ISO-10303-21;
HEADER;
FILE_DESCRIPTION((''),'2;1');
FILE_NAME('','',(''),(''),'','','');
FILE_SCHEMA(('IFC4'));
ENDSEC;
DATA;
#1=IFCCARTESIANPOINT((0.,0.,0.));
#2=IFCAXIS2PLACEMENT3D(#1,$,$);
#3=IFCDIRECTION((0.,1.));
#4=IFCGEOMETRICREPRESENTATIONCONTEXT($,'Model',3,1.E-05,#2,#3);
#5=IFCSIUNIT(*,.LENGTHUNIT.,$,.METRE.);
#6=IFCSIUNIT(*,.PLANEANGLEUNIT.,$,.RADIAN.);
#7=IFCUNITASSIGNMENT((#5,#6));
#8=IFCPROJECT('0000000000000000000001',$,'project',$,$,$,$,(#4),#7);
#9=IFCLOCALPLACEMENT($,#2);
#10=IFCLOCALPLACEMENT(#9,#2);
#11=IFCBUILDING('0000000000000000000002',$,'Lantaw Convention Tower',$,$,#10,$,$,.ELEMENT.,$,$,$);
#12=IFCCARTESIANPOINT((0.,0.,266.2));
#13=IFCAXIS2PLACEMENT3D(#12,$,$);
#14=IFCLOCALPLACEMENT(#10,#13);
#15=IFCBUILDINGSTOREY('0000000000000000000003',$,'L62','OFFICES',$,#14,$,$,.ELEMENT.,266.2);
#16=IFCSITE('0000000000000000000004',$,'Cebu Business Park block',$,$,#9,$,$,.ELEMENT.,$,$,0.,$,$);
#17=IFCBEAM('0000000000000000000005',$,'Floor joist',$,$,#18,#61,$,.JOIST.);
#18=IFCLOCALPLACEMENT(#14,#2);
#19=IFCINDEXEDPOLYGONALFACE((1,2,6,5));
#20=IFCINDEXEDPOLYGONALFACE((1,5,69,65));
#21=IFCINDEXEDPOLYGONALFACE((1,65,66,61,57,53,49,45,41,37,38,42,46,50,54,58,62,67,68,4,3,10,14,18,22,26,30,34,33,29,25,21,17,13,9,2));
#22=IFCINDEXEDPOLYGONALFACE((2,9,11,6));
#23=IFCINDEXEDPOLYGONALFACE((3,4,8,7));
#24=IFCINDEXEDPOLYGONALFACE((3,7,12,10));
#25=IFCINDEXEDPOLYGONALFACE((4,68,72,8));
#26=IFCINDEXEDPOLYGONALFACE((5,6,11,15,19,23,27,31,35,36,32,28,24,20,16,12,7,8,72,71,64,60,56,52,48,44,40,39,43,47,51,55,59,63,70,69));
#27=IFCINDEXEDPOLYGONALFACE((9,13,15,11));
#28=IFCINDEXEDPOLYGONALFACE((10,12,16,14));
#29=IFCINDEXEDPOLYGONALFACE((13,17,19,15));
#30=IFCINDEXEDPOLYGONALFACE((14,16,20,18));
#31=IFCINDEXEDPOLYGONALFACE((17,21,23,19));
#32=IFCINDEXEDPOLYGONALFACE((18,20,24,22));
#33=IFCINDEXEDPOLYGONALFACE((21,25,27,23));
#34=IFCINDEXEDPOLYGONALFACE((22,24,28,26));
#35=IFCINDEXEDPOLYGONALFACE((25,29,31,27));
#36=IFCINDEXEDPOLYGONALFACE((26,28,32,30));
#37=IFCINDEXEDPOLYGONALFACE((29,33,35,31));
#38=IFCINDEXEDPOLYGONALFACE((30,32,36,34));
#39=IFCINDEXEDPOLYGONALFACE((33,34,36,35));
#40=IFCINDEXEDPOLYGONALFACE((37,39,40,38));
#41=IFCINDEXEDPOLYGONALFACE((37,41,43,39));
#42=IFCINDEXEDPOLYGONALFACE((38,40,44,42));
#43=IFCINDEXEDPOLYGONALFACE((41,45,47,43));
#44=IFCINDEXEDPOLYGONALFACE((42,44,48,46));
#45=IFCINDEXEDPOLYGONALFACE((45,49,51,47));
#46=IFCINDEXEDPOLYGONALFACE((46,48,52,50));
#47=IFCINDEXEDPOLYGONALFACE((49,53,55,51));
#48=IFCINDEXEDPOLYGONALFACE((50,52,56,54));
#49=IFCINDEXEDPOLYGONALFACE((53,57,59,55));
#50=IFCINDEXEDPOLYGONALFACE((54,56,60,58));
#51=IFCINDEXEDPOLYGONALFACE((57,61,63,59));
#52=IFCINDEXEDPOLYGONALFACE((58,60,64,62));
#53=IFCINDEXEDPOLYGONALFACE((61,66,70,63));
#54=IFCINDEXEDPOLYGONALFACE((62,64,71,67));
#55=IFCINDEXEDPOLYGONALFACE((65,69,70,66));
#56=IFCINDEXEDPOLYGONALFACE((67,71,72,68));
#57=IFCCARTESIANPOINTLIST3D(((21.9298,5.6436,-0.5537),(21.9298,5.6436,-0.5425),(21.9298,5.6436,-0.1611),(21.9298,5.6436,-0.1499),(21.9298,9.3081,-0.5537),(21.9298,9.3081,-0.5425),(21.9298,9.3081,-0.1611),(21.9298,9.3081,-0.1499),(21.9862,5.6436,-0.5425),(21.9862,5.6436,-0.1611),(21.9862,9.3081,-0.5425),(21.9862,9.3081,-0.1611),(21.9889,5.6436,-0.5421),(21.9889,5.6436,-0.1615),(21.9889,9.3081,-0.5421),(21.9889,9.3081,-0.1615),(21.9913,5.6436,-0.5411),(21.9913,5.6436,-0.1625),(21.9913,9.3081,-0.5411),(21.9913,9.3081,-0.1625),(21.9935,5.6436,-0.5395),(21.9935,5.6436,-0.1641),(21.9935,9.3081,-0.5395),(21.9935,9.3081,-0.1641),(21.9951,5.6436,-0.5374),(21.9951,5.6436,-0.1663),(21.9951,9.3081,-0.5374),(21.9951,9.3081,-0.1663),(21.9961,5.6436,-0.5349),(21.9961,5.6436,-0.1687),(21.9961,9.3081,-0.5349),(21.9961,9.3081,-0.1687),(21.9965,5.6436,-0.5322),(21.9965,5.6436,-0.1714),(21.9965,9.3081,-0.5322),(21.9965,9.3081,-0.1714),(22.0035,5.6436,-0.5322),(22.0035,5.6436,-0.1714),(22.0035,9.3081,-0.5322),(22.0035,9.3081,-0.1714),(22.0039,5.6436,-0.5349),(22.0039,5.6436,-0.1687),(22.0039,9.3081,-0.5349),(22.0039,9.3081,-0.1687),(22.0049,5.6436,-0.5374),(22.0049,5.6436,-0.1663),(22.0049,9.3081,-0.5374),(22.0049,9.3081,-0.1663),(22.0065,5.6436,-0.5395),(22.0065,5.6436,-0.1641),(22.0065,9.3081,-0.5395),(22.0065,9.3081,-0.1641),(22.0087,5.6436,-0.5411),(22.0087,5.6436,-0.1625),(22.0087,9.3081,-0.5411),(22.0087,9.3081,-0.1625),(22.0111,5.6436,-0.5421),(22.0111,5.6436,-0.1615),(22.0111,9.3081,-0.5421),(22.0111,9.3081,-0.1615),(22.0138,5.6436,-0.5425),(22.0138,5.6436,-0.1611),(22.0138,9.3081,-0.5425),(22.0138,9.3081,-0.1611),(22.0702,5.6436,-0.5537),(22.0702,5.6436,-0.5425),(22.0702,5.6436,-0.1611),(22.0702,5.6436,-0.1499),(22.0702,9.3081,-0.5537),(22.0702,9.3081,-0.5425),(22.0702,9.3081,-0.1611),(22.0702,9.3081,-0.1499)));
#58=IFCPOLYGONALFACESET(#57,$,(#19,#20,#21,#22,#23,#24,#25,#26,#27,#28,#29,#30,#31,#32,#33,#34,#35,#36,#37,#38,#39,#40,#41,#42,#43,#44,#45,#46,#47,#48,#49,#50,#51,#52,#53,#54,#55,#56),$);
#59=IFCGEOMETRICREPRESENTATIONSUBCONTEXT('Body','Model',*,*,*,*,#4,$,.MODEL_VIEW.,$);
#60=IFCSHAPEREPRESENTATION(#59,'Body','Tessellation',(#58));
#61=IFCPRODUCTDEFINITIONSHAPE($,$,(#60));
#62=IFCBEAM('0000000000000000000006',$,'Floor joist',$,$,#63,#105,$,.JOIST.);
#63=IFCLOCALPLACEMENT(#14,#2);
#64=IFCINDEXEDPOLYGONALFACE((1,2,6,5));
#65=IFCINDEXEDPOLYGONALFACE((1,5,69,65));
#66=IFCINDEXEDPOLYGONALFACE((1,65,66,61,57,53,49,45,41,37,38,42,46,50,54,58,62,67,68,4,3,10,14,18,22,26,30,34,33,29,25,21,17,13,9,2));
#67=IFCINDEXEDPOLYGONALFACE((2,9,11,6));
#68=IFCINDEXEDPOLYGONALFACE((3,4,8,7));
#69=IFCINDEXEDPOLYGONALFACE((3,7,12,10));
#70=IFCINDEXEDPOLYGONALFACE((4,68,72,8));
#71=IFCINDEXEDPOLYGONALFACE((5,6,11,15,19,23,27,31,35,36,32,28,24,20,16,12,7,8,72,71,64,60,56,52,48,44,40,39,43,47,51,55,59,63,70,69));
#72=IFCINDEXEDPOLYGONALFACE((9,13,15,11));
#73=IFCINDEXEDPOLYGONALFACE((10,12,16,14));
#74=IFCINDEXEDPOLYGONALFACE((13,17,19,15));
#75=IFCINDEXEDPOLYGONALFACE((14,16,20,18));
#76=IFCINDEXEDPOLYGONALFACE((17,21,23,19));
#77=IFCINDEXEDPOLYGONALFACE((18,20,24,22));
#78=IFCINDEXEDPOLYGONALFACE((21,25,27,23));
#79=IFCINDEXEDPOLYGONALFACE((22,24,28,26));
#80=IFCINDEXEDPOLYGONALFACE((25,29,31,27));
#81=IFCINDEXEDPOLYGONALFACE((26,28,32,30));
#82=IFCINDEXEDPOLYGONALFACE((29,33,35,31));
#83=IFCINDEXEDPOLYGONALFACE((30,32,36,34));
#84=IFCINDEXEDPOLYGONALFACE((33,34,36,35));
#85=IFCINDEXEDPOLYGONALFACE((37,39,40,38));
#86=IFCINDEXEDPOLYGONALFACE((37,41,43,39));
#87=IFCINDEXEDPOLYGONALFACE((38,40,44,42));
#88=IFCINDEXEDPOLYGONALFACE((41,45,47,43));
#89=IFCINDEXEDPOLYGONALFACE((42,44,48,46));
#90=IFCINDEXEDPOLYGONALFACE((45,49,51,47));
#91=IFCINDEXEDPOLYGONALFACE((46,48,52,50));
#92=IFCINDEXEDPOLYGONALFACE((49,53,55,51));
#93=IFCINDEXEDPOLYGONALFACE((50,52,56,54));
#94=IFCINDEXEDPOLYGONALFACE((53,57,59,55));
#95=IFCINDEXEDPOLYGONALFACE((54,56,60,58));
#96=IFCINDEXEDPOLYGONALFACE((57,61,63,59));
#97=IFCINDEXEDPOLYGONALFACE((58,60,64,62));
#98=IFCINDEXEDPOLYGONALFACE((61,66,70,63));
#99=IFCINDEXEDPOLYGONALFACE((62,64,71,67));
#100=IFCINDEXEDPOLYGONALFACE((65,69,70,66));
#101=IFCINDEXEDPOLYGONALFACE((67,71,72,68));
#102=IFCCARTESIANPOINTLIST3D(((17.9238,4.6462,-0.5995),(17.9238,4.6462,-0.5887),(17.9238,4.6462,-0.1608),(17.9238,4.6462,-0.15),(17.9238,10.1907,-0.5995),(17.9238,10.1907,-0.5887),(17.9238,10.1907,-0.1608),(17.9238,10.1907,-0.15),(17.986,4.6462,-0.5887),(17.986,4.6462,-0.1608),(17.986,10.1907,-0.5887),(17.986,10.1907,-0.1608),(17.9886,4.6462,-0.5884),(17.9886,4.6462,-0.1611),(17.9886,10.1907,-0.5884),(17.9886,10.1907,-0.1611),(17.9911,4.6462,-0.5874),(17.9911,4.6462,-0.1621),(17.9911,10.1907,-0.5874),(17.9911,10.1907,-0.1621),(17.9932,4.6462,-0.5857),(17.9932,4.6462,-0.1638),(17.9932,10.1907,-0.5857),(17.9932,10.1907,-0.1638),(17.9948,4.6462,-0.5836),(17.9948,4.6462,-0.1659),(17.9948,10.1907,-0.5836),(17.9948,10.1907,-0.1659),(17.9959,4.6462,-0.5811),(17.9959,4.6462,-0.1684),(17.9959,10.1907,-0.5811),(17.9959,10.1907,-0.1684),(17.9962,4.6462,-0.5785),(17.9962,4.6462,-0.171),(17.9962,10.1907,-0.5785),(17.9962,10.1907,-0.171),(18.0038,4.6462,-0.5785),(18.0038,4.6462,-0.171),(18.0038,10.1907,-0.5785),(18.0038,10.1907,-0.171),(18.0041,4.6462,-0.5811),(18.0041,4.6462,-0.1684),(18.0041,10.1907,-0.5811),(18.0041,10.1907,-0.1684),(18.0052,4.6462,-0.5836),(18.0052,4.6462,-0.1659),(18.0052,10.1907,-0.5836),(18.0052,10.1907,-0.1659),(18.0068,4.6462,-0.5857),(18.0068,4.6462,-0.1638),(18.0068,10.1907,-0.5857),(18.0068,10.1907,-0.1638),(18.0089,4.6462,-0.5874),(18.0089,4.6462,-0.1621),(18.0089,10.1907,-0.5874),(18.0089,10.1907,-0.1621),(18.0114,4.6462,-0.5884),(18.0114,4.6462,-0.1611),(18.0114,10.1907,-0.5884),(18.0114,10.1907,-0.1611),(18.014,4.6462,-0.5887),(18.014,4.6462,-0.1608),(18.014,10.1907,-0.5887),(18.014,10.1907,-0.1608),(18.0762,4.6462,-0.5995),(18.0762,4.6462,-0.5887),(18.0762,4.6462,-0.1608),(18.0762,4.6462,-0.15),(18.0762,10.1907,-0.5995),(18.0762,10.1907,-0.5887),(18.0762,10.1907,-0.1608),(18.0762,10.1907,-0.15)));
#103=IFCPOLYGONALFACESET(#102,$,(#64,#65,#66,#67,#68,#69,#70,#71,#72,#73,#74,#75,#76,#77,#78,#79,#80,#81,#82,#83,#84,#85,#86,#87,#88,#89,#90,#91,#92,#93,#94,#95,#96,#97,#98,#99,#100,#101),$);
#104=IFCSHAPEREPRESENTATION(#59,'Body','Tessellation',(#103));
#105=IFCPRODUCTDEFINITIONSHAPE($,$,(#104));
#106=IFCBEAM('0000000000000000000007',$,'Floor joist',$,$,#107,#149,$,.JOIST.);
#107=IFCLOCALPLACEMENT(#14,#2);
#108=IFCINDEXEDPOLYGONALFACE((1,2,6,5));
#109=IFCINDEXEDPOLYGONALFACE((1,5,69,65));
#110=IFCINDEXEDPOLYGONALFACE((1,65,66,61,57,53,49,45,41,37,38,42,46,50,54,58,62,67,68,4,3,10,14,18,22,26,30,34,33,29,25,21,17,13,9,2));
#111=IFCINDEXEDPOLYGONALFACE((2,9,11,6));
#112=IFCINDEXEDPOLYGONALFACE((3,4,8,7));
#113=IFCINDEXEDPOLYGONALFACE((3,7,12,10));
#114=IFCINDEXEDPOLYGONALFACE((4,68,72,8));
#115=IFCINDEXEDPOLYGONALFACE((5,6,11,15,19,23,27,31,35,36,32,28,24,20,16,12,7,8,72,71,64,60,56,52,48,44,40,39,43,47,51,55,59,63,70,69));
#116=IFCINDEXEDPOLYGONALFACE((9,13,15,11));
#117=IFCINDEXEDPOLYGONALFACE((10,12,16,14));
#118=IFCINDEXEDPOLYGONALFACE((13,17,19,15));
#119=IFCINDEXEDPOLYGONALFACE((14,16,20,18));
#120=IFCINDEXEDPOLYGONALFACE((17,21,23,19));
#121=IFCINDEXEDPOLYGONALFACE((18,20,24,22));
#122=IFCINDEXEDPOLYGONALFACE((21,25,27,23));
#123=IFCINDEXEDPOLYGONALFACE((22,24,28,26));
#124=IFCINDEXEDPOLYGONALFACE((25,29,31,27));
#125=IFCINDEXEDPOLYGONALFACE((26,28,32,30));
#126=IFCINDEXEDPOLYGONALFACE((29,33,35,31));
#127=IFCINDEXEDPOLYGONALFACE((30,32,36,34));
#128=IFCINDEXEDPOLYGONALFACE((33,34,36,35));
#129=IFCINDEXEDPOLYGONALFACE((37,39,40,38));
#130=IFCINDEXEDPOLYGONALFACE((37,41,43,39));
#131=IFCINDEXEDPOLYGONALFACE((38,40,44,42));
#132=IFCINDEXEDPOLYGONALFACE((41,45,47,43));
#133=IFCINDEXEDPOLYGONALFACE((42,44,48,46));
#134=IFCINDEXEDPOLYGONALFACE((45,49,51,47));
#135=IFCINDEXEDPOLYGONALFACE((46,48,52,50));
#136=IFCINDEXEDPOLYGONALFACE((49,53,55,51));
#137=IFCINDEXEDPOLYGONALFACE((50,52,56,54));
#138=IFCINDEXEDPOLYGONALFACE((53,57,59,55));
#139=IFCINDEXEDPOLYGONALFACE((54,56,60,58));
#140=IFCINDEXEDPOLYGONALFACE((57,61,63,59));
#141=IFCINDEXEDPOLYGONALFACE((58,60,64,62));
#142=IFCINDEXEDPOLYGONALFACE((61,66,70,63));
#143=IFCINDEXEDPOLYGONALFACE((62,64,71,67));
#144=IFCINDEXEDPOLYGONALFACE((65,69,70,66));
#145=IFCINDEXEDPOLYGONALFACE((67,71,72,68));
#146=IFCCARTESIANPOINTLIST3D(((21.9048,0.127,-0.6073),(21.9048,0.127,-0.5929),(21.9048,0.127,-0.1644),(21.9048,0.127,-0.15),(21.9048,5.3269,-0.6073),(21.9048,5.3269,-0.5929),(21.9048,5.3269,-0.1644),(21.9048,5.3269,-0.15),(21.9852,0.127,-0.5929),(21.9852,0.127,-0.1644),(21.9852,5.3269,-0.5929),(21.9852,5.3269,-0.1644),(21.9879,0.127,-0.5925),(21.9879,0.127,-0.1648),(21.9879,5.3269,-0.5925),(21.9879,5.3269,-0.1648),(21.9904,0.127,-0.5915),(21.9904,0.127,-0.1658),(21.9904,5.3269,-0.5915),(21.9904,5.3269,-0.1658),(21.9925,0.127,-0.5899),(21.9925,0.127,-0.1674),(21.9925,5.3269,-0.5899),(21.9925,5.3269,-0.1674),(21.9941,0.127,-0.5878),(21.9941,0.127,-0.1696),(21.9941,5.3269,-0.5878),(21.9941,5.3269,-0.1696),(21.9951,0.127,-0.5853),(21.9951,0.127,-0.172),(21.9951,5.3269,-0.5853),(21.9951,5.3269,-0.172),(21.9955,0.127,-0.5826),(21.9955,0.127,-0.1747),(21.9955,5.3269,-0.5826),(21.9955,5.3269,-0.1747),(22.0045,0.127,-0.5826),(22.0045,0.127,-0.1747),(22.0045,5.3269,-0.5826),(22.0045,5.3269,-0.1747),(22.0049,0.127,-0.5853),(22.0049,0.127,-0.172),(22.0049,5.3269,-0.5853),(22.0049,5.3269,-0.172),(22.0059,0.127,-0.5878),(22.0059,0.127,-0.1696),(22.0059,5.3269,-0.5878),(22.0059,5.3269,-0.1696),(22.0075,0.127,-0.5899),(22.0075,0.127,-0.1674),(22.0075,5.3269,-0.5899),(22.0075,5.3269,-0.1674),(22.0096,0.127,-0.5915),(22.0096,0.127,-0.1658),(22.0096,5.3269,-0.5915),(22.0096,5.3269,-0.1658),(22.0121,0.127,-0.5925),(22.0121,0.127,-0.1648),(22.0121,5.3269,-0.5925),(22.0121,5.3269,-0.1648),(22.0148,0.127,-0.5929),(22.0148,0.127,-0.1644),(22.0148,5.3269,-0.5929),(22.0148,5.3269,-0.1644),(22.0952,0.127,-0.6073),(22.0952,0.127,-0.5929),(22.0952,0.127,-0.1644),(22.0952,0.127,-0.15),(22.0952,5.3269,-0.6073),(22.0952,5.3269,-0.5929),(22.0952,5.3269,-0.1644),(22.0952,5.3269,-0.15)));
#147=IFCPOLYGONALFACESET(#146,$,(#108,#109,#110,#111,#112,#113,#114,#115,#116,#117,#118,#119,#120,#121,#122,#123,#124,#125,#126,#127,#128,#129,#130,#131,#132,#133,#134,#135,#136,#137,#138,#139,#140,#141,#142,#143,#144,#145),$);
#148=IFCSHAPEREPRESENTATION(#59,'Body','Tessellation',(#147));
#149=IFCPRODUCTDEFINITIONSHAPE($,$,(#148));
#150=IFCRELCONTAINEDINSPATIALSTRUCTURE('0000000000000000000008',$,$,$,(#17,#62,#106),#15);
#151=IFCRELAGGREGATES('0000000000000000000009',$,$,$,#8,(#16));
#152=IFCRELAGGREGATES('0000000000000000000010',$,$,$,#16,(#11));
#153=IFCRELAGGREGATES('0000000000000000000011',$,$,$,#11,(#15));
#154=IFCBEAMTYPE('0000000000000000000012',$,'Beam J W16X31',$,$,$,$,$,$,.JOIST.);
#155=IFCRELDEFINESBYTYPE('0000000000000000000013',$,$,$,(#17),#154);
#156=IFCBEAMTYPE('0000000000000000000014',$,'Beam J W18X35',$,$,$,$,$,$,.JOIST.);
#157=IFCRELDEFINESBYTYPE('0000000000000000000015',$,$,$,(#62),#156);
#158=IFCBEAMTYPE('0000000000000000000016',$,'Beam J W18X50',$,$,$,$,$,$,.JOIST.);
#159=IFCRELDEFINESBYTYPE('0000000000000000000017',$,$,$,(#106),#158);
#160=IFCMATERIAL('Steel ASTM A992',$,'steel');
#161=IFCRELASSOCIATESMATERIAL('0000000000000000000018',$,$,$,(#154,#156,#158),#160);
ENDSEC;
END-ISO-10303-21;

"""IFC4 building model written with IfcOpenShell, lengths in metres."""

from ifc_helpers import new_model, si_unit, direction, frame, origin, origin_2d, place, context, subcontext, project, spatial, i_section, extrude, material, material_profile, profile_set, type_object, element, save


model = new_model("IFC4")

# Units and contexts
model_context = context("Model", 3, precision=1e-05, world=origin(), true_north=direction((0.0, 1.0)))
body_context = subcontext(model_context, "Body", "Model", "MODEL_VIEW")
ifc_project = project(units=[si_unit("LENGTHUNIT", "METRE"), si_unit("PLANEANGLEUNIT", "RADIAN")], contexts=[model_context])

# Site, building, storey
site_placement = place(None, origin())
site = spatial("IfcSite", under=ifc_project, at=site_placement, Name="Cebu Business Park block", CompositionType="ELEMENT", RefElevation=0.0)
building_placement = place(site_placement, origin())
building = spatial("IfcBuilding", under=site, at=building_placement, Name="Lantaw Convention Tower", CompositionType="ELEMENT")
storey_placement = place(building_placement, frame((0.0, 0.0, 266.2)))
storey = spatial("IfcBuildingStorey", under=building, at=storey_placement, Name="L62", Description="OFFICES", CompositionType="ELEMENT", Elevation=266.2)

# Beams
ifc_material_1 = material(Name="Steel ASTM A992", Category="steel")
ifc_material_profile_1 = material_profile(ifc_material_1, i_section(OverallWidth=0.1404, OverallDepth=0.4038, WebThickness=0.0071, FlangeThickness=0.0112, FilletRadius=0.0103, at=origin_2d()), Name="W16X31")
ifc_profile_set_1 = profile_set([ifc_material_profile_1], Name="Steel ASTM A992")
beam_type_1 = type_object("IfcBeamType", Name="Beam J W16X31", PredefinedType="JOIST", material=ifc_profile_set_1)
beam_1_placement = place(storey_placement, frame((22.0, 5.6436, -0.3518), z_axis=(0.0, 1.0, 0.0), x_axis=(-1.0, 0.0, 0.0)))
element("IfcBeam", 1, at=beam_1_placement, inside=storey, type_object=beam_type_1, Name="Floor joist", PredefinedType="JOIST", context=body_context, shape_type="SweptSolid", body=[
    extrude(i_section(OverallWidth=0.1404, OverallDepth=0.4038, WebThickness=0.0071, FlangeThickness=0.0112, FilletRadius=0.0103, at=origin_2d()), origin(), (0.0, 0.0, 1.0), 3.6646),
])
ifc_material_profile_2 = material_profile(ifc_material_1, i_section(OverallWidth=0.1523, OverallDepth=0.4495, WebThickness=0.0076, FlangeThickness=0.0107, FilletRadius=0.0103, at=origin_2d()), Name="W18X35")
ifc_profile_set_2 = profile_set([ifc_material_profile_2], Name="Steel ASTM A992")
beam_type_2 = type_object("IfcBeamType", Name="Beam J W18X35", PredefinedType="JOIST", material=ifc_profile_set_2)
beam_2_placement = place(storey_placement, frame((18.0, 4.6462, -0.3748), z_axis=(0.0, 1.0, 0.0), x_axis=(-1.0, 0.0, 0.0)))
element("IfcBeam", 2, at=beam_2_placement, inside=storey, type_object=beam_type_2, Name="Floor joist", PredefinedType="JOIST", context=body_context, shape_type="SweptSolid", body=[
    extrude(i_section(OverallWidth=0.1523, OverallDepth=0.4495, WebThickness=0.0076, FlangeThickness=0.0107, FilletRadius=0.0103, at=origin_2d()), origin(), (0.0, 0.0, 1.0), 5.5444),
])
ifc_material_profile_3 = material_profile(ifc_material_1, i_section(OverallWidth=0.1904, OverallDepth=0.4573, WebThickness=0.009, FlangeThickness=0.0144, FilletRadius=0.0103, at=origin_2d()), Name="W18X50")
ifc_profile_set_3 = profile_set([ifc_material_profile_3], Name="Steel ASTM A992")
beam_type_3 = type_object("IfcBeamType", Name="Beam J W18X50", PredefinedType="JOIST", material=ifc_profile_set_3)
beam_3_placement = place(storey_placement, frame((22.0, 0.127, -0.3787), z_axis=(0.0, 1.0, 0.0), x_axis=(-1.0, 0.0, 0.0)))
element("IfcBeam", 3, at=beam_3_placement, inside=storey, type_object=beam_type_3, Name="Floor joist", PredefinedType="JOIST", context=body_context, shape_type="SweptSolid", body=[
    extrude(i_section(OverallWidth=0.1904, OverallDepth=0.4573, WebThickness=0.009, FlangeThickness=0.0144, FilletRadius=0.0103, at=origin_2d()), origin(), (0.0, 0.0, 1.0), 5.2),
])

save(model, "model.ifc")
